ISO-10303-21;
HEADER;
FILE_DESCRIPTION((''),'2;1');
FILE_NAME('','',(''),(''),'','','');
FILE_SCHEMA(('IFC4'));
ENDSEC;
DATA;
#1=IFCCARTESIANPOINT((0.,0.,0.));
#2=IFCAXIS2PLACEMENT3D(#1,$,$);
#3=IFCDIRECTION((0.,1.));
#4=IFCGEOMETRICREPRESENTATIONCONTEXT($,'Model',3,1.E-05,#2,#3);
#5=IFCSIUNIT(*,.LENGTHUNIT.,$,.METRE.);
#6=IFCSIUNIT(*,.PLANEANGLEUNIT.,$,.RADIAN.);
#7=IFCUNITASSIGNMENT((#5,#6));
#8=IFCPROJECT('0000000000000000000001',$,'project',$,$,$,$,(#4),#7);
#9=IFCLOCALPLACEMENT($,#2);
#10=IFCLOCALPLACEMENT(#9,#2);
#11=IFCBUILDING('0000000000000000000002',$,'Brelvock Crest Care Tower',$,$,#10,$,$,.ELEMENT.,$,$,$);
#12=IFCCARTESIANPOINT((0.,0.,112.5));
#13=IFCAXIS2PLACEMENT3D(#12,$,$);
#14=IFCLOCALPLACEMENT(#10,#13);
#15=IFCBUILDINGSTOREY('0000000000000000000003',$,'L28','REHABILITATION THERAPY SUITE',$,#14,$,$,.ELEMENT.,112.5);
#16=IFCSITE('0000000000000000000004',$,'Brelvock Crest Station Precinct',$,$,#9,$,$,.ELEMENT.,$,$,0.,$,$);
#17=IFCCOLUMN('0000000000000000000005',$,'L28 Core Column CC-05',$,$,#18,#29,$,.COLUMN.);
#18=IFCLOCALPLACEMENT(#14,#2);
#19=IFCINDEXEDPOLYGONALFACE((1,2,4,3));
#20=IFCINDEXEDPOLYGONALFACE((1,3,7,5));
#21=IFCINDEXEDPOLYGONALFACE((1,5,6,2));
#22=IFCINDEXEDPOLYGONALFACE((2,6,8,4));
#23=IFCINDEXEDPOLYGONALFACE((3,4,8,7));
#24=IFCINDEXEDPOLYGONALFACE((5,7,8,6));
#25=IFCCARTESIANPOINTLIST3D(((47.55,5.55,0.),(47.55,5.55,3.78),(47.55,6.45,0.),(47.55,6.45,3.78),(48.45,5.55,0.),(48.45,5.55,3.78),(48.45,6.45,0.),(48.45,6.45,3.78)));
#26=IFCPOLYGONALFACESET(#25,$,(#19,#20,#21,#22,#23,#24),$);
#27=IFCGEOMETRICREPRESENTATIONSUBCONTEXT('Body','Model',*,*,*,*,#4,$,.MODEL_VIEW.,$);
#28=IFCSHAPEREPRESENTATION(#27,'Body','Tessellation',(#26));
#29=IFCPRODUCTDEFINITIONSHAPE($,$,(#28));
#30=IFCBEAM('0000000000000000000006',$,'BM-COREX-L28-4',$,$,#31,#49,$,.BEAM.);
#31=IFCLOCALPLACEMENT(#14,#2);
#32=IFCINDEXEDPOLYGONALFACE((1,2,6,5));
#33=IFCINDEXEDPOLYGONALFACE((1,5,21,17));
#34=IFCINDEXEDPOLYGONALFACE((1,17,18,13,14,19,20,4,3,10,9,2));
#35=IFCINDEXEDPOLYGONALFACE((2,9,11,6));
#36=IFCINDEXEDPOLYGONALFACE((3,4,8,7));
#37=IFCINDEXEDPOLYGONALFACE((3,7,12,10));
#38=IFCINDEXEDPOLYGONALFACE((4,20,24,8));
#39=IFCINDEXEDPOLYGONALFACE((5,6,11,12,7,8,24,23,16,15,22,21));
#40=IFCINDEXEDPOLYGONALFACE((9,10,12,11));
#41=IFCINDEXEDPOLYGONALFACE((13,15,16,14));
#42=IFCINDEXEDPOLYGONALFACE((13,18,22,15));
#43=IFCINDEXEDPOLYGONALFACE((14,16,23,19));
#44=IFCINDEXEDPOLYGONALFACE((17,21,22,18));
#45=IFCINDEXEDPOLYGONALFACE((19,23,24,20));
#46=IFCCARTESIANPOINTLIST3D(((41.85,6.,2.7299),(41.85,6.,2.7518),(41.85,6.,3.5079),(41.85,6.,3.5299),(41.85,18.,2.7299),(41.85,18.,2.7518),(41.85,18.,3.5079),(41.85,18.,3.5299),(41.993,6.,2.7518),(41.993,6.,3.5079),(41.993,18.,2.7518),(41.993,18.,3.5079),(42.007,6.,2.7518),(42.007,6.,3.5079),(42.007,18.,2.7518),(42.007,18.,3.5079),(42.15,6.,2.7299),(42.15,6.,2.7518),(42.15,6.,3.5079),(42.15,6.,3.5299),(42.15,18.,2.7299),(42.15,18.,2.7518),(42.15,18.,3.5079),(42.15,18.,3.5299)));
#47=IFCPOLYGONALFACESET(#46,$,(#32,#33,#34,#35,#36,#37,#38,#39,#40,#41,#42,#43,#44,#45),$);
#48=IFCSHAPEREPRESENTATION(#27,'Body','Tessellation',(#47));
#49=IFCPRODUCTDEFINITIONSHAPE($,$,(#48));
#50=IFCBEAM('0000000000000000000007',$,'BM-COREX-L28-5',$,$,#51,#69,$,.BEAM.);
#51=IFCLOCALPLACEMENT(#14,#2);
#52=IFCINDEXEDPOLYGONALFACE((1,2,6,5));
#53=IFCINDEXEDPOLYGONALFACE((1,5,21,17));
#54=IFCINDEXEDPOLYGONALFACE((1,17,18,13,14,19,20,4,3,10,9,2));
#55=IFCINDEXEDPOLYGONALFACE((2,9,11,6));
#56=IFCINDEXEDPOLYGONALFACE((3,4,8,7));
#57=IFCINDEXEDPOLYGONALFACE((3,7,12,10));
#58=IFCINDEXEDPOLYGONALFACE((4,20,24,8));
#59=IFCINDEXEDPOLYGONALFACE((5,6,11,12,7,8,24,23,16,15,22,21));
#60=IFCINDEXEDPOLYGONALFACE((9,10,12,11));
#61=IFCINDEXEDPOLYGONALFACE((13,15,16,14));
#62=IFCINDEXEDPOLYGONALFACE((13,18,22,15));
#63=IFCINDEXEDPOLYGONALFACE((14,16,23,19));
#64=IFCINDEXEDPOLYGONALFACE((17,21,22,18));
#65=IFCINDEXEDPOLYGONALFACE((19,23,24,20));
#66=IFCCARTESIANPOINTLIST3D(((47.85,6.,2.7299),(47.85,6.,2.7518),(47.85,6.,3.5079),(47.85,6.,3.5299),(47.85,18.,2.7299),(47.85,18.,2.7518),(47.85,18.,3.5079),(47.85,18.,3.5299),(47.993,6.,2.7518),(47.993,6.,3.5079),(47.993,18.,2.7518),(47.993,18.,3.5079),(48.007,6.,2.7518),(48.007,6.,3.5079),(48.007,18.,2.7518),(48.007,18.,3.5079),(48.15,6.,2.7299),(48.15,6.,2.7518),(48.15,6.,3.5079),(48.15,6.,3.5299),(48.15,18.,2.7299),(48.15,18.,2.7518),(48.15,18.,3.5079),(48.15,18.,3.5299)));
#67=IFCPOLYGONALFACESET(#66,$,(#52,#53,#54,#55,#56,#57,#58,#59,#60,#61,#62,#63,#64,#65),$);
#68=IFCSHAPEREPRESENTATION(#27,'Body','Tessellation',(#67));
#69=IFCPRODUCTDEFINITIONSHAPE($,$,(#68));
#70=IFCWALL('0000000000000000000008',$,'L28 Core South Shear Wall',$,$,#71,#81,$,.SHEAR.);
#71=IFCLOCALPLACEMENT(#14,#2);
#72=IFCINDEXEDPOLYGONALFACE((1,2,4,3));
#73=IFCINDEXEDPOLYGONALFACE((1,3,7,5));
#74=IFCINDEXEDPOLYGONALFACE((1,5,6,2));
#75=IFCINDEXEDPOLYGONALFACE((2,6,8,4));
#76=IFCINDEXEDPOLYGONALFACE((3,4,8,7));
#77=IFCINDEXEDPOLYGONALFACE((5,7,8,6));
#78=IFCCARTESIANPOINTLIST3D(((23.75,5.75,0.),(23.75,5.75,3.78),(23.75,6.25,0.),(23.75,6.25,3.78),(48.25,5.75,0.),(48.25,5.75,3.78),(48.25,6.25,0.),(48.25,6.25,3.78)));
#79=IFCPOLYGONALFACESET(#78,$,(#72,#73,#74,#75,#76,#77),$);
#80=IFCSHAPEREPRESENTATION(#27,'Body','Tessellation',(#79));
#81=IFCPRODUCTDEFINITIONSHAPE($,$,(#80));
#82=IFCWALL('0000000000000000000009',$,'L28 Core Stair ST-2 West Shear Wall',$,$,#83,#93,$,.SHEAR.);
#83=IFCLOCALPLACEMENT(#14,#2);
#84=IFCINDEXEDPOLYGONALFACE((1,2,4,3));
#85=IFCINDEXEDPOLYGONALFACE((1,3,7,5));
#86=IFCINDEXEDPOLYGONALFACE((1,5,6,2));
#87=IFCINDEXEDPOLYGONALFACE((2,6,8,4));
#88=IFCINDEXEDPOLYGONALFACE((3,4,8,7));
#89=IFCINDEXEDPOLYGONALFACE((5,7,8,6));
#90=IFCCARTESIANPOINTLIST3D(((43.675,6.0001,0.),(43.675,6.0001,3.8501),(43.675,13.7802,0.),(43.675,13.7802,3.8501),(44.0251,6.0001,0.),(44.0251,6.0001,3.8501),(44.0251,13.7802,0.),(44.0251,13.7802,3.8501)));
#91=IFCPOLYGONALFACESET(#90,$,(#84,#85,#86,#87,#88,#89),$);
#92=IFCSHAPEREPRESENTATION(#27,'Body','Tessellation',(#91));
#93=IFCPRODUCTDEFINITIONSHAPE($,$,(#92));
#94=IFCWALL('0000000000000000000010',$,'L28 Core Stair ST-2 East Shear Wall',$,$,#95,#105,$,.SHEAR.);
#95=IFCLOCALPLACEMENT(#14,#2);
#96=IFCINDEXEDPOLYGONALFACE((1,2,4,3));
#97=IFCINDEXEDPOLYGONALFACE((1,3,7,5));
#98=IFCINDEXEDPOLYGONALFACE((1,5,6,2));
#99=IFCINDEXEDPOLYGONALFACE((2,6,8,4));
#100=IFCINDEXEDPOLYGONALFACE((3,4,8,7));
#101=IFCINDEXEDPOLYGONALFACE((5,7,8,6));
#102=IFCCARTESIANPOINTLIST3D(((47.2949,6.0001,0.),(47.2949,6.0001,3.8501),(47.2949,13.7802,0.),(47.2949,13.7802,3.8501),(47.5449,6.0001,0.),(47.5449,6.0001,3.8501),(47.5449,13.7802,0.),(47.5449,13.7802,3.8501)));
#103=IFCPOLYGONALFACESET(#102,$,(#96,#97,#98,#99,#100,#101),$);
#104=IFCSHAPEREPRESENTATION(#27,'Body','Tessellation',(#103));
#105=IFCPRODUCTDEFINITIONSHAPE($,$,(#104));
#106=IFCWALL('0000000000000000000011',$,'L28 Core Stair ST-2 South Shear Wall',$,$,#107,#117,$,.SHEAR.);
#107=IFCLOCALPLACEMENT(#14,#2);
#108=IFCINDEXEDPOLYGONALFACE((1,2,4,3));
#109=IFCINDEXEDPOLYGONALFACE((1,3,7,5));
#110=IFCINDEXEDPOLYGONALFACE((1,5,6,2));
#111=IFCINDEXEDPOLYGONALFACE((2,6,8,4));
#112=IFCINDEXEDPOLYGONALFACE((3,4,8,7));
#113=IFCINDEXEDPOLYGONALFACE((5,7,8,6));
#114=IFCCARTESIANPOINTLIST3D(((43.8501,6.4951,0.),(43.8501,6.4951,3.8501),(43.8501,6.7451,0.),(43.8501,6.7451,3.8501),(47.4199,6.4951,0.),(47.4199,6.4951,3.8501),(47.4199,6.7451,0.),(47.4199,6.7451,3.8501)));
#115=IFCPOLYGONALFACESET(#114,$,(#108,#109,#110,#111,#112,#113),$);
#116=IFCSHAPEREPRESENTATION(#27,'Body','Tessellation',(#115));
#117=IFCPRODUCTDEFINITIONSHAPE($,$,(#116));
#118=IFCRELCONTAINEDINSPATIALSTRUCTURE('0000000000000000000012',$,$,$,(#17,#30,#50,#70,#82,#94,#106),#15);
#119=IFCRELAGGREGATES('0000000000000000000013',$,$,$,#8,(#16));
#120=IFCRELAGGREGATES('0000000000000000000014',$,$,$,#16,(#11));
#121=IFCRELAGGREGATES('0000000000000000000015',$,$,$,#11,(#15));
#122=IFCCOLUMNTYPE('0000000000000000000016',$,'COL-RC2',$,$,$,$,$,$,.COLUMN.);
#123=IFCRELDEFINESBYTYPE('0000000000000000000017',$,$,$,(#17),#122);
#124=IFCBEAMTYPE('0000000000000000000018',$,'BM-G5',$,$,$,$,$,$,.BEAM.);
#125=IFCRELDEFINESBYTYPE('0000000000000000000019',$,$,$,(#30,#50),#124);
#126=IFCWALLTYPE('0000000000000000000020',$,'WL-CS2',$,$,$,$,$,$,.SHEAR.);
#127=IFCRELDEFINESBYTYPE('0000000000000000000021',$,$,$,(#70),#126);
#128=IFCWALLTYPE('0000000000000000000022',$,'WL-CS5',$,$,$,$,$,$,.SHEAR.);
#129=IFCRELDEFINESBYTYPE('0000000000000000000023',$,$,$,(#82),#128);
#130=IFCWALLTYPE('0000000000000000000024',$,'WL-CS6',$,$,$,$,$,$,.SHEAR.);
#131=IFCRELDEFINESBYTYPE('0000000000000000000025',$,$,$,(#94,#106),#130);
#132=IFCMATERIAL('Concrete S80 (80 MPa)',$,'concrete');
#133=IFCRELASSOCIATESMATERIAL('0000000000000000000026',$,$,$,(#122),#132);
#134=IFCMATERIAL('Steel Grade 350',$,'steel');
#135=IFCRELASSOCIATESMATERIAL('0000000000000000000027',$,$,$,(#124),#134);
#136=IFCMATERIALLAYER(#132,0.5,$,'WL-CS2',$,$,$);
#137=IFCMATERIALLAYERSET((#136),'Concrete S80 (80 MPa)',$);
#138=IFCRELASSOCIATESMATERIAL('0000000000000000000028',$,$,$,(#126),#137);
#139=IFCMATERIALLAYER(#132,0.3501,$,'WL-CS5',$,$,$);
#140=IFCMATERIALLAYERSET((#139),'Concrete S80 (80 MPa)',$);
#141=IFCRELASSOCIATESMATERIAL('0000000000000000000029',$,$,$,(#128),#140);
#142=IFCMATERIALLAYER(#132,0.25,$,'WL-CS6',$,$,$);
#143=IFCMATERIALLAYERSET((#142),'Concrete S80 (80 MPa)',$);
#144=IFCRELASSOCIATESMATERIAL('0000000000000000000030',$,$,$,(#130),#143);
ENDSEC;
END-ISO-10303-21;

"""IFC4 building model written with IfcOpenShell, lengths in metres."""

from ifc_helpers import new_model, si_unit, direction, frame, frame_2d, origin, origin_2d, place, context, subcontext, project, spatial, rectangle, i_section, extrude, source, transform, mapped, material, layer, layer_set, material_profile, profile_set, type_object, element, save


model = new_model("IFC4")

# Units and contexts
model_context = context("Model", 3, precision=1e-05, world=origin(), true_north=direction((0.0, 1.0)))
body_context = subcontext(model_context, "Body", "Model", "MODEL_VIEW")
ifc_project = project(units=[si_unit("LENGTHUNIT", "METRE"), si_unit("PLANEANGLEUNIT", "RADIAN")], contexts=[model_context])

# Site, building, storey
site_placement = place(None, origin())
site = spatial("IfcSite", under=ifc_project, at=site_placement, Name="Brelvock Crest Station Precinct", CompositionType="ELEMENT", RefElevation=0.0)
building_placement = place(site_placement, origin())
building = spatial("IfcBuilding", under=site, at=building_placement, Name="Brelvock Crest Care Tower", CompositionType="ELEMENT")
storey_placement = place(building_placement, frame((0.0, 0.0, 112.5)))
storey = spatial("IfcBuildingStorey", under=building, at=storey_placement, Name="L28", Description="REHABILITATION THERAPY SUITE", CompositionType="ELEMENT", Elevation=112.5)

# Column
ifc_material_1 = material(Name="Concrete S80 (80 MPa)", Category="concrete")
ifc_material_profile_1 = material_profile(ifc_material_1, rectangle(XDim=0.8999, YDim=0.8999, at=origin_2d()), Name="RC900x900")
ifc_profile_set_1 = profile_set([ifc_material_profile_1], Name="Concrete S80 (80 MPa)")
column_type = type_object("IfcColumnType", Name="COL-RC2", PredefinedType="COLUMN", material=ifc_profile_set_1)
shared_shape_1 = source(origin(), body_context, "Body", "SweptSolid", [
    extrude(rectangle(XDim=0.8999, YDim=0.8999, at=origin_2d()), origin(), (0.0, 0.0, 1.0), 3.78),
])
column_placement = place(storey_placement, frame((48.0, 6.0, 0.0), z_axis=(0.0, 0.0, 1.0), x_axis=(1.0, 0.0, 0.0)))
element("IfcColumn", 1, at=column_placement, inside=storey, type_object=column_type, Name="L28 Core Column CC-05", PredefinedType="COLUMN", context=body_context, shape_type="MappedRepresentation", body=[
    mapped(shared_shape_1, transform((0.0, 0.0, 0.0), x_axis=(1.0, 0.0, 0.0), y_axis=(0.0, 1.0, 0.0), z_axis=(0.0, 0.0, 1.0), scale=1.0)),
])

# Beams
ifc_material_2 = material(Name="Steel Grade 350", Category="steel")
ifc_material_profile_2 = material_profile(ifc_material_2, i_section(OverallWidth=0.3, OverallDepth=0.8, WebThickness=0.0139, FlangeThickness=0.022, at=origin_2d()), Name="800WB192")
ifc_profile_set_2 = profile_set([ifc_material_profile_2], Name="Steel Grade 350")
beam_type = type_object("IfcBeamType", Name="BM-G5", PredefinedType="BEAM", material=ifc_profile_set_2)
shared_shape_2 = source(origin(), body_context, "Body", "SweptSolid", [
    extrude(i_section(OverallWidth=0.3, OverallDepth=0.8, WebThickness=0.0139, FlangeThickness=0.022, at=origin_2d()), origin(), (0.0, 0.0, 1.0), 12.0),
])
for number, where, z_axis, x_axis, name in (
    (2, (42.0, 6.0, 3.1299), (0.0, 1.0, 0.0), (-1.0, 0.0, 0.0), "BM-COREX-L28-4"),
    (3, (48.0, 6.0, 3.1299), (0.0, 1.0, 0.0), (-1.0, 0.0, 0.0), "BM-COREX-L28-5"),
):
    element("IfcBeam", number, at=place(storey_placement, frame(where, z_axis=z_axis, x_axis=x_axis)), inside=storey, type_object=beam_type, Name=name, PredefinedType="BEAM", context=body_context, shape_type="MappedRepresentation", body=[
        mapped(shared_shape_2, transform((0.0, 0.0, 0.0), x_axis=(1.0, 0.0, 0.0), y_axis=(0.0, 1.0, 0.0), z_axis=(0.0, 0.0, 1.0), scale=1.0)),
    ])

# Walls
ifc_layer_1 = layer(ifc_material_1, 0.5, Name="WL-CS2")
ifc_layer_set_1 = layer_set([ifc_layer_1], Name="Concrete S80 (80 MPa)")
wall_type_1 = type_object("IfcWallType", Name="WL-CS2", PredefinedType="SHEAR", material=ifc_layer_set_1)
wall_1_placement = place(storey_placement, frame((48.25, 6.0, 0.0), z_axis=(0.0, 0.0, 1.0), x_axis=(-1.0, 0.0, 0.0)))
element("IfcWall", 4, at=wall_1_placement, inside=storey, type_object=wall_type_1, Name="L28 Core South Shear Wall", PredefinedType="SHEAR", context=body_context, shape_type="SweptSolid", body=[
    extrude(rectangle(XDim=24.5, YDim=0.5, at=frame_2d((12.25, 0.0))), origin(), (0.0, 0.0, 1.0), 3.78),
])
ifc_layer_2 = layer(ifc_material_1, 0.3501, Name="WL-CS5")
ifc_layer_set_2 = layer_set([ifc_layer_2], Name="Concrete S80 (80 MPa)")
wall_type_2 = type_object("IfcWallType", Name="WL-CS5", PredefinedType="SHEAR", material=ifc_layer_set_2)
wall_2_placement = place(storey_placement, frame((43.8501, 6.0, 0.0), z_axis=(0.0, 0.0, 1.0), x_axis=(0.0, 1.0, 0.0)))
element("IfcWall", 5, at=wall_2_placement, inside=storey, type_object=wall_type_2, Name="L28 Core Stair ST-2 West Shear Wall", PredefinedType="SHEAR", context=body_context, shape_type="SweptSolid", body=[
    extrude(rectangle(XDim=7.78, YDim=0.3501, at=frame_2d((3.8901, 0.0))), origin(), (0.0, 0.0, 1.0), 3.8501),
])
ifc_layer_3 = layer(ifc_material_1, 0.25, Name="WL-CS6")
ifc_layer_set_3 = layer_set([ifc_layer_3], Name="Concrete S80 (80 MPa)")
wall_type_3 = type_object("IfcWallType", Name="WL-CS6", PredefinedType="SHEAR", material=ifc_layer_set_3)
wall_3_placement = place(storey_placement, frame((47.4199, 6.0, 0.0), z_axis=(0.0, 0.0, 1.0), x_axis=(0.0, 1.0, 0.0)))
element("IfcWall", 6, at=wall_3_placement, inside=storey, type_object=wall_type_3, Name="L28 Core Stair ST-2 East Shear Wall", PredefinedType="SHEAR", context=body_context, shape_type="SweptSolid", body=[
    extrude(rectangle(XDim=7.78, YDim=0.25, at=frame_2d((3.8901, 0.0))), origin(), (0.0, 0.0, 1.0), 3.8501),
])
wall_4_placement = place(storey_placement, frame((43.8501, 6.6201, 0.0), z_axis=(0.0, 0.0, 1.0), x_axis=(1.0, 0.0, 0.0)))
element("IfcWall", 7, at=wall_4_placement, inside=storey, type_object=wall_type_3, Name="L28 Core Stair ST-2 South Shear Wall", PredefinedType="SHEAR", context=body_context, shape_type="SweptSolid", body=[
    extrude(rectangle(XDim=3.5698, YDim=0.25, at=frame_2d((1.7849, 0.0))), origin(), (0.0, 0.0, 1.0), 3.8501),
])

save(model, "model.ifc")
